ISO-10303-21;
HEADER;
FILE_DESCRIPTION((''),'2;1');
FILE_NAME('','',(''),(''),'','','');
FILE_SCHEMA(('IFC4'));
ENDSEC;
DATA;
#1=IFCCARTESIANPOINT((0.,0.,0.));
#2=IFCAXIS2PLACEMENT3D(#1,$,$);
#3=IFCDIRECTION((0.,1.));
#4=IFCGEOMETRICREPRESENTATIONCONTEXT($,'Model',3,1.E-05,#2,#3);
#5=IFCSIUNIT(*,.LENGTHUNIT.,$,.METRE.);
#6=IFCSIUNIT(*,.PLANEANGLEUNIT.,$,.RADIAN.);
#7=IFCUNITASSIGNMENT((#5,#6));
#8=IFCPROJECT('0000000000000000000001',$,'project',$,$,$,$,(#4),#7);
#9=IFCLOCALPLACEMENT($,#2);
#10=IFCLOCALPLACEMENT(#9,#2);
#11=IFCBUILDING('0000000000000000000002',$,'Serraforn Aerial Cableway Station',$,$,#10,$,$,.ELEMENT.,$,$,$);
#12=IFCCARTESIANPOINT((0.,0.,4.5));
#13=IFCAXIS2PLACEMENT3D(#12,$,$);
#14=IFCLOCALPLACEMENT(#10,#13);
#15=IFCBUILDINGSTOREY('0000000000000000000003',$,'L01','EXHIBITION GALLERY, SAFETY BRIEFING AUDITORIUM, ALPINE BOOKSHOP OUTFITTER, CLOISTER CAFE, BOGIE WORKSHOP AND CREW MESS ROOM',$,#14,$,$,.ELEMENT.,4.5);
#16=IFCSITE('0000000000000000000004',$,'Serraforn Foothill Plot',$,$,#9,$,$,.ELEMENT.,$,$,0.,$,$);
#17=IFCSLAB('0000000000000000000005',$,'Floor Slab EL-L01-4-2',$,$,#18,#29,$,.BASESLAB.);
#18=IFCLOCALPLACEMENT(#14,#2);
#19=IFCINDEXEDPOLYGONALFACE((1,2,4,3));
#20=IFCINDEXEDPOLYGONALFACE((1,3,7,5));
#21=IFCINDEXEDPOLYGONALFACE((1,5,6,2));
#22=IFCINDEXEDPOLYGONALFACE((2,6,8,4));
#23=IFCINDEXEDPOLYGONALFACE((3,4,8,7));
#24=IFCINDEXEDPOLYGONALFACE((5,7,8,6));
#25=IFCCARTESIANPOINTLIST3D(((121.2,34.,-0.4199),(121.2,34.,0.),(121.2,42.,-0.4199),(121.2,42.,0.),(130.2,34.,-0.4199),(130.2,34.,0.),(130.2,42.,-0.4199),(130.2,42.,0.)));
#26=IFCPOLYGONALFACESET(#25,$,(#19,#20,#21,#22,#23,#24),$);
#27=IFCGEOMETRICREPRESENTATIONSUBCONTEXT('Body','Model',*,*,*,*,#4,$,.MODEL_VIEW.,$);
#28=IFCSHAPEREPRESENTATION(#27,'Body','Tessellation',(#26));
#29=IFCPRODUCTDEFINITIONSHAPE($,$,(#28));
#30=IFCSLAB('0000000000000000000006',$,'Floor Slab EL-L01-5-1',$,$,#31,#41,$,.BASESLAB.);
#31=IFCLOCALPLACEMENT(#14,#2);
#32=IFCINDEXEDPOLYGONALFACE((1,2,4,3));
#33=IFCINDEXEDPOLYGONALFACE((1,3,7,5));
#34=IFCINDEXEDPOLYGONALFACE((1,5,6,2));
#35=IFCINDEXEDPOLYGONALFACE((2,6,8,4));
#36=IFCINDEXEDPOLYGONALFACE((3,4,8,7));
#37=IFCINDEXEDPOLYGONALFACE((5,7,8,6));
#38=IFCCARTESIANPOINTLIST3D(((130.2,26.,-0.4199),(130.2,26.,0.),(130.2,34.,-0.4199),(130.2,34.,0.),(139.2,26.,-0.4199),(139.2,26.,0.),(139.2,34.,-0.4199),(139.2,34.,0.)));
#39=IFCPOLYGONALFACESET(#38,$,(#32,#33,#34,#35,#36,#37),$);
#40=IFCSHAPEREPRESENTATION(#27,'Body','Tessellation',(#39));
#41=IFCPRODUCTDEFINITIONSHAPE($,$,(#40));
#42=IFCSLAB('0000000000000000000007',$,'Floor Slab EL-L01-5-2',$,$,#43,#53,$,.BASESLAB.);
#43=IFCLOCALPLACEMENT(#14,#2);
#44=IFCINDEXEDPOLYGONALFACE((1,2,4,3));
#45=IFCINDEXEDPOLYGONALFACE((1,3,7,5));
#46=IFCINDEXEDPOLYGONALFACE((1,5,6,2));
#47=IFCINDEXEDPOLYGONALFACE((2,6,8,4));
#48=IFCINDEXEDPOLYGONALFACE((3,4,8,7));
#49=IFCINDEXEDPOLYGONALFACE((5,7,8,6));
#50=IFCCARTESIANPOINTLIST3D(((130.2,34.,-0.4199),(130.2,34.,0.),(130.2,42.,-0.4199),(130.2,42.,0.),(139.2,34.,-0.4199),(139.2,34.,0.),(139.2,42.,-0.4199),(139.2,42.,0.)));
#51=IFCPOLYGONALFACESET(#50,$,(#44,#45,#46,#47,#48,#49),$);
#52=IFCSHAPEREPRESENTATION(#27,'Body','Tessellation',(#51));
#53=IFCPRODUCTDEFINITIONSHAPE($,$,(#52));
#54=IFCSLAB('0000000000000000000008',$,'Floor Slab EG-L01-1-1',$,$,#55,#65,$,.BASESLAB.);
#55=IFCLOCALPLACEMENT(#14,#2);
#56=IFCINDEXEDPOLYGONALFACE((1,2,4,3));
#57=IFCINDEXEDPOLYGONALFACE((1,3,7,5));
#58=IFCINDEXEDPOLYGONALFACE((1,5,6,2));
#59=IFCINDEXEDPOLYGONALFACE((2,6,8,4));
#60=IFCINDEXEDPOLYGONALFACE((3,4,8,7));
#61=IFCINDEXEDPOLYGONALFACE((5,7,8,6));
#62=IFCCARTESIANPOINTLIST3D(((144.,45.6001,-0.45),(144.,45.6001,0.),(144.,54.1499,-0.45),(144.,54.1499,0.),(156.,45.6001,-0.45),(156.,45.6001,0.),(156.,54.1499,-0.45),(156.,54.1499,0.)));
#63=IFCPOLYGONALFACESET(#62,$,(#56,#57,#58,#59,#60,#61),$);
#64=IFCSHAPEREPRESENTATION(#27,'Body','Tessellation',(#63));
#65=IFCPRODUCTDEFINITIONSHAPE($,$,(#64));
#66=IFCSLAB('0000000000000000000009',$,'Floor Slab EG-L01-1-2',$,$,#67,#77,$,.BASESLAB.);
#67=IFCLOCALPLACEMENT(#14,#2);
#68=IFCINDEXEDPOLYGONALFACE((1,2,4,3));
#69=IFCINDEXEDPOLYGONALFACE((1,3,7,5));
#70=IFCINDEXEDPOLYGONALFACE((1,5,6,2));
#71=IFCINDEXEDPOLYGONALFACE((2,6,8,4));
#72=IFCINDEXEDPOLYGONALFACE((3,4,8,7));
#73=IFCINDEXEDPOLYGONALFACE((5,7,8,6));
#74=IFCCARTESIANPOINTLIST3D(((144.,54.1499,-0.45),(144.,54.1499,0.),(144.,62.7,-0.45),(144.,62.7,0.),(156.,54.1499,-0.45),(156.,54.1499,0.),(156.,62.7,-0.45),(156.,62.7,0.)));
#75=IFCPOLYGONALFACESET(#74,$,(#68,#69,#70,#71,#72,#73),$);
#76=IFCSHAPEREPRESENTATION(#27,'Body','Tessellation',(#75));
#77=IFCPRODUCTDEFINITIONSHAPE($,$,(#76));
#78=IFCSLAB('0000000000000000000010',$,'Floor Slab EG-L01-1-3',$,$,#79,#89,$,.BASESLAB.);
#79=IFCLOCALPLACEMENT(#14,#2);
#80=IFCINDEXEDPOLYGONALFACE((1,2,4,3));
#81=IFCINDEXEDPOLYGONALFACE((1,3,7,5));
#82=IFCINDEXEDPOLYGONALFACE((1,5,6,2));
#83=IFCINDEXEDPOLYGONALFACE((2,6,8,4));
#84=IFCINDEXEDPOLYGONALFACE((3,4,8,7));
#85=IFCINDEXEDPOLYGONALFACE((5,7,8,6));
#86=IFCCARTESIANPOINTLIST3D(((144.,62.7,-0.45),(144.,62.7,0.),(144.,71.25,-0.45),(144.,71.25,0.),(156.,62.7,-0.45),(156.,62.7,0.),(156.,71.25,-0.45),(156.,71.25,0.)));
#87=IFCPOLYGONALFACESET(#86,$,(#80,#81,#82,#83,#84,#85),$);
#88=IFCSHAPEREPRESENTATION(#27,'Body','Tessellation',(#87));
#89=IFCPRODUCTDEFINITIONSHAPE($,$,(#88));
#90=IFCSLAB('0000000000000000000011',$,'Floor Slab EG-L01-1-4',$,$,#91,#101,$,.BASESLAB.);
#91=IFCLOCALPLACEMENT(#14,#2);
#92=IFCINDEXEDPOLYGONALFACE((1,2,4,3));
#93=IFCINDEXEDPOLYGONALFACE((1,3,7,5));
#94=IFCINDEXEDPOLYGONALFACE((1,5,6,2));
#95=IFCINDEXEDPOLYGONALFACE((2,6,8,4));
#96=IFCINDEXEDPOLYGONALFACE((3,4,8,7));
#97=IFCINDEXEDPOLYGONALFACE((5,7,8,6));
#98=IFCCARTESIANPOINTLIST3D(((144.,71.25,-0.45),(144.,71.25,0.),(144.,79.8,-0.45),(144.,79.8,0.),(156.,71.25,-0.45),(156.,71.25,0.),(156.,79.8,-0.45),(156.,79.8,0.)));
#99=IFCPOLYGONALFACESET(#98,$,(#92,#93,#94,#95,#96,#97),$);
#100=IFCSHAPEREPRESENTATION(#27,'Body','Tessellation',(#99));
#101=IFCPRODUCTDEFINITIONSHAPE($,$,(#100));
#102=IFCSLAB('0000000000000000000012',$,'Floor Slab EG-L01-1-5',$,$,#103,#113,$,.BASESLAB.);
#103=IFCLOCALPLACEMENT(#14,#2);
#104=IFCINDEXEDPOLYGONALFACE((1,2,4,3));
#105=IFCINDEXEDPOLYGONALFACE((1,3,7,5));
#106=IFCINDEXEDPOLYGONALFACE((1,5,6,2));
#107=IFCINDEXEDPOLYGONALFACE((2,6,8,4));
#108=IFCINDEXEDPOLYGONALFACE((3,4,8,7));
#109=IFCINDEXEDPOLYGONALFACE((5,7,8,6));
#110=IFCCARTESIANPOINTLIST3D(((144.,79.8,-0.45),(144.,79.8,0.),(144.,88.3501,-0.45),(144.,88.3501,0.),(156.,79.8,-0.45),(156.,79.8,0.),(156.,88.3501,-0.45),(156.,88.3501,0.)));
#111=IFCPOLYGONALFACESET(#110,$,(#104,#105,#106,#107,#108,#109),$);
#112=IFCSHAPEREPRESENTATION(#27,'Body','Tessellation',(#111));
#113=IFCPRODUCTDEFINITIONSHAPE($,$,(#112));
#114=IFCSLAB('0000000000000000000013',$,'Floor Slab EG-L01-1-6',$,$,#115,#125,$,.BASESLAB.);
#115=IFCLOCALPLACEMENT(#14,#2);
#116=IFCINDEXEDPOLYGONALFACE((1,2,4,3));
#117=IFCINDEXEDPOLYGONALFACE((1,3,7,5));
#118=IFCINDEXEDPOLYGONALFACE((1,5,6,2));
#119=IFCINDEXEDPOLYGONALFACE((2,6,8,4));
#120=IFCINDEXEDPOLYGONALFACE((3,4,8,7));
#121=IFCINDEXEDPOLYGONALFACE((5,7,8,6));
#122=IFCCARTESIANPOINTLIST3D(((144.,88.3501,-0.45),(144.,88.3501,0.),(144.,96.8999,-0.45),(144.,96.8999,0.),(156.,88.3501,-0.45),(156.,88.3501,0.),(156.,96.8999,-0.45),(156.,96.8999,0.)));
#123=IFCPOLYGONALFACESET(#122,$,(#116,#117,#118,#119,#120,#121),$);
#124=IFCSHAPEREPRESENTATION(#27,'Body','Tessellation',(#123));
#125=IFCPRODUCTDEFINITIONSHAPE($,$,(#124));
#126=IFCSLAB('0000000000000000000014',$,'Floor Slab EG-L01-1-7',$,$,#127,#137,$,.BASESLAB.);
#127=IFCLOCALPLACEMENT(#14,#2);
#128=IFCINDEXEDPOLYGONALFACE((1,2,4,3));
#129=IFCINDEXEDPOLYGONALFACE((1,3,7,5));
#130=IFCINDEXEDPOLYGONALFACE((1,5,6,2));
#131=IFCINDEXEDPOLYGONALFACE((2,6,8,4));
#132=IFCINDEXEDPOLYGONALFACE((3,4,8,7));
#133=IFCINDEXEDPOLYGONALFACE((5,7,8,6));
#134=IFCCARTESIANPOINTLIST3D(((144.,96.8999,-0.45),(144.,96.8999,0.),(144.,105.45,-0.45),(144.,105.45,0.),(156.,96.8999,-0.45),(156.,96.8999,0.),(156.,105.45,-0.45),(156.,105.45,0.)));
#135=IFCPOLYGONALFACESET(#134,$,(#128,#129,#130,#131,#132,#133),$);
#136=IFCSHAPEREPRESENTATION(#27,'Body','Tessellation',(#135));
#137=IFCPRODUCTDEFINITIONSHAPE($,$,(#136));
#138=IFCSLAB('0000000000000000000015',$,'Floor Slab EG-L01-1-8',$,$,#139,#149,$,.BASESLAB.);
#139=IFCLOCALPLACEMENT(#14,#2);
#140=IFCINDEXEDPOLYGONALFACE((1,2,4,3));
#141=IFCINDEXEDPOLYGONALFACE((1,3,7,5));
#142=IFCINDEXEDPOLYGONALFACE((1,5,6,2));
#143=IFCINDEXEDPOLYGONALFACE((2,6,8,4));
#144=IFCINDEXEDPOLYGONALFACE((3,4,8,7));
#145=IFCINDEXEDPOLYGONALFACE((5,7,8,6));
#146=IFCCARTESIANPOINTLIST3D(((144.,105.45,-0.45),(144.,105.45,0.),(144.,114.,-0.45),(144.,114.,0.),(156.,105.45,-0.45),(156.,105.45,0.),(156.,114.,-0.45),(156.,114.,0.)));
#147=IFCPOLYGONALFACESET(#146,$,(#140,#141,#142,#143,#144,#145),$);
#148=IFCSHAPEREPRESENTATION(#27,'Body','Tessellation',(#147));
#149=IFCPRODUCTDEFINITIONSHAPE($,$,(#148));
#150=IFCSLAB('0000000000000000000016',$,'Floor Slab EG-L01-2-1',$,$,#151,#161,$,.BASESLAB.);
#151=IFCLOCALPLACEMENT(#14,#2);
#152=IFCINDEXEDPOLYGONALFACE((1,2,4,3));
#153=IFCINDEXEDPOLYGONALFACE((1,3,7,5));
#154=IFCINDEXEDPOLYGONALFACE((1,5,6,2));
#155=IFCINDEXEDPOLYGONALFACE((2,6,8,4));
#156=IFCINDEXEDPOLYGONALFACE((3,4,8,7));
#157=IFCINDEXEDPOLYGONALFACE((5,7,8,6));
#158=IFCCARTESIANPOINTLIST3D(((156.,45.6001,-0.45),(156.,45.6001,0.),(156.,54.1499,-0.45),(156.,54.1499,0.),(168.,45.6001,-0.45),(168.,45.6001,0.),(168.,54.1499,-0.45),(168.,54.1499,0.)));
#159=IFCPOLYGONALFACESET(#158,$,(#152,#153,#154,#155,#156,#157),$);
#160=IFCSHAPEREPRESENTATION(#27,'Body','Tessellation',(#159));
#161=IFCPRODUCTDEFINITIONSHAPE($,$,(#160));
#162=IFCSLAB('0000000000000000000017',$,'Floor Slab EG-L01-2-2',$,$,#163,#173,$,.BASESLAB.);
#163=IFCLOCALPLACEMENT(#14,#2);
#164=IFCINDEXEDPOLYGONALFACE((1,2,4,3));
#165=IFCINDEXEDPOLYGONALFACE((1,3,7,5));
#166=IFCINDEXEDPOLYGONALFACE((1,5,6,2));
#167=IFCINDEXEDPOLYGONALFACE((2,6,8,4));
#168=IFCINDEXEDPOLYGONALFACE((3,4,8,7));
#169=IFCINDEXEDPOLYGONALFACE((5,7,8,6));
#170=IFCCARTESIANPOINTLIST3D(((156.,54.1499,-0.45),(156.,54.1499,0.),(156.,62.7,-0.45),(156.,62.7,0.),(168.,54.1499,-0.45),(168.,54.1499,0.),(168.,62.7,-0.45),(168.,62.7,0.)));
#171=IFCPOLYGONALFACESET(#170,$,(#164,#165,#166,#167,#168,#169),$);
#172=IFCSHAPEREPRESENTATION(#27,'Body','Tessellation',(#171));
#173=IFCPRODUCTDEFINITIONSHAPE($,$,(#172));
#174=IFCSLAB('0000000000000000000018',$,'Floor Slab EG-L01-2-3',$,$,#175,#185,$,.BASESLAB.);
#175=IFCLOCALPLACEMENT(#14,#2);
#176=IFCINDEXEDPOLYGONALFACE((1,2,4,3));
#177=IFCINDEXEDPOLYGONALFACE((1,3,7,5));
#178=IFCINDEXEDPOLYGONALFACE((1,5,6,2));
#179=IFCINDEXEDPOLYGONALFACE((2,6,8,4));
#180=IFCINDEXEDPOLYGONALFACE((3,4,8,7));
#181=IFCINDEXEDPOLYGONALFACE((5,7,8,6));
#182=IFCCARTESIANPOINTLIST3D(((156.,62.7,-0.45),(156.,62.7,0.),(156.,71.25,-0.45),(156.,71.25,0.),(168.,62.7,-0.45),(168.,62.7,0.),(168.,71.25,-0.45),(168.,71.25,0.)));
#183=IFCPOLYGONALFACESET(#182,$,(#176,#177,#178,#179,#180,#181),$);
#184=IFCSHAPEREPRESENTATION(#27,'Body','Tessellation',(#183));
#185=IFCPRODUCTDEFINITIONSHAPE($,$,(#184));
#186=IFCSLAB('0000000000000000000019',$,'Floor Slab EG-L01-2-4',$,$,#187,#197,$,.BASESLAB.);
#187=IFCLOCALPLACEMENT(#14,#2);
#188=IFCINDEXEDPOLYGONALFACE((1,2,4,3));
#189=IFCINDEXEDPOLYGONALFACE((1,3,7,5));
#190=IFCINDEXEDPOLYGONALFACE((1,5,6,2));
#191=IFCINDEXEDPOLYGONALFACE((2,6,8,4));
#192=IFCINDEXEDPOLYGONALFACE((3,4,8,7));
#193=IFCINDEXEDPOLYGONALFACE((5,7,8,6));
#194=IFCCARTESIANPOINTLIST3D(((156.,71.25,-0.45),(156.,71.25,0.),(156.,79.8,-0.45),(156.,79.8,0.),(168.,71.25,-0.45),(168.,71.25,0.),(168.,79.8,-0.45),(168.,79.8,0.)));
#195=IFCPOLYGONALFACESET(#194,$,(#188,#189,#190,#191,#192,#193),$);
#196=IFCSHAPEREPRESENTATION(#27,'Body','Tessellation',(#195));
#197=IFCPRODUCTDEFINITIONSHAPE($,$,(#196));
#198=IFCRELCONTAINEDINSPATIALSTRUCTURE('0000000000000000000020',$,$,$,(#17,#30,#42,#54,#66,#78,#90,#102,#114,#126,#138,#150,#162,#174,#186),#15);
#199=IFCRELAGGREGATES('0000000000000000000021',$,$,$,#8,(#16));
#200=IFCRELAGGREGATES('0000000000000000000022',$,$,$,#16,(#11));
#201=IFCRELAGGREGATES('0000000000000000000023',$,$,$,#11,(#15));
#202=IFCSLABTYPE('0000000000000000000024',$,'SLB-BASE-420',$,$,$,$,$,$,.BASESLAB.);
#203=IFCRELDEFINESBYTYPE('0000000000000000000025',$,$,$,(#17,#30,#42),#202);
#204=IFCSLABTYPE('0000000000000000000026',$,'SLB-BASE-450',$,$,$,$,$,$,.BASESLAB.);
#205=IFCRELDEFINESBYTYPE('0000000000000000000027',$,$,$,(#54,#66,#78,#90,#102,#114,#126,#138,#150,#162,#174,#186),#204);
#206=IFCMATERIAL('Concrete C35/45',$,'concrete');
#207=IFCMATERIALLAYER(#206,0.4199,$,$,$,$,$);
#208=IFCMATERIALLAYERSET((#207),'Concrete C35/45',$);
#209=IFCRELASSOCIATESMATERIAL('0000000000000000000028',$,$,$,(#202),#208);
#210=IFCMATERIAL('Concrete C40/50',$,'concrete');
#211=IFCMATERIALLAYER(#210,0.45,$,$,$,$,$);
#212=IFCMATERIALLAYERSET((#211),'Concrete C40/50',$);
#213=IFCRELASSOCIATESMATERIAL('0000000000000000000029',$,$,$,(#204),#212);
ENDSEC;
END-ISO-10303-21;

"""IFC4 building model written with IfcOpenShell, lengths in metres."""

from ifc_helpers import new_model, si_unit, direction, frame, origin, place, context, subcontext, project, spatial, polyline, outline, extrude, material, layer, layer_set, type_object, element, save


model = new_model("IFC4")

# Units and contexts
model_context = context("Model", 3, precision=1e-05, world=origin(), true_north=direction((0.0, 1.0)))
body_context = subcontext(model_context, "Body", "Model", "MODEL_VIEW")
ifc_project = project(units=[si_unit("LENGTHUNIT", "METRE"), si_unit("PLANEANGLEUNIT", "RADIAN")], contexts=[model_context])

# Site, building, storey
site_placement = place(None, origin())
site = spatial("IfcSite", under=ifc_project, at=site_placement, Name="Serraforn Foothill Plot", CompositionType="ELEMENT", RefElevation=0.0)
building_placement = place(site_placement, origin())
building = spatial("IfcBuilding", under=site, at=building_placement, Name="Serraforn Aerial Cableway Station", CompositionType="ELEMENT")
storey_placement = place(building_placement, frame((0.0, 0.0, 4.5)))
storey = spatial("IfcBuildingStorey", under=building, at=storey_placement, Name="L01", Description="EXHIBITION GALLERY, SAFETY BRIEFING AUDITORIUM, ALPINE BOOKSHOP OUTFITTER, CLOISTER CAFE, BOGIE WORKSHOP AND CREW MESS ROOM", CompositionType="ELEMENT", Elevation=4.5)

# Shared definitions
ifc_material_1 = material(Name="Concrete C35/45", Category="concrete")

# Slabs
ifc_layer_1 = layer(ifc_material_1, 0.4199)
ifc_layer_set_1 = layer_set([ifc_layer_1], Name="Concrete C35/45")
slab_type_1 = type_object("IfcSlabType", Name="SLB-BASE-420", PredefinedType="BASESLAB", material=ifc_layer_set_1)
slab_1_placement = place(storey_placement, frame((0.0, 0.0, -0.4199)))
element("IfcSlab", 1, at=slab_1_placement, inside=storey, type_object=slab_type_1, Name="Floor Slab EL-L01-4-2", PredefinedType="BASESLAB", context=body_context, shape_type="SweptSolid", body=[
    extrude(outline(polyline([(121.2, 34.0), (130.2, 34.0), (130.2, 42.0), (121.2, 42.0), (121.2, 34.0)])), origin(), (0.0, 0.0, 1.0), 0.4199),
])
slab_2_placement = place(storey_placement, frame((0.0, 0.0, -0.4199)))
element("IfcSlab", 2, at=slab_2_placement, inside=storey, type_object=slab_type_1, Name="Floor Slab EL-L01-5-1", PredefinedType="BASESLAB", context=body_context, shape_type="SweptSolid", body=[
    extrude(outline(polyline([(130.2, 26.0), (139.2, 26.0), (139.2, 34.0), (130.2, 34.0), (130.2, 26.0)])), origin(), (0.0, 0.0, 1.0), 0.4199),
])
slab_3_placement = place(storey_placement, frame((0.0, 0.0, -0.4199)))
element("IfcSlab", 3, at=slab_3_placement, inside=storey, type_object=slab_type_1, Name="Floor Slab EL-L01-5-2", PredefinedType="BASESLAB", context=body_context, shape_type="SweptSolid", body=[
    extrude(outline(polyline([(130.2, 34.0), (139.2, 34.0), (139.2, 42.0), (130.2, 42.0), (130.2, 34.0)])), origin(), (0.0, 0.0, 1.0), 0.4199),
])
ifc_material_2 = material(Name="Concrete C40/50", Category="concrete")
ifc_layer_2 = layer(ifc_material_2, 0.45)
ifc_layer_set_2 = layer_set([ifc_layer_2], Name="Concrete C40/50")
slab_type_2 = type_object("IfcSlabType", Name="SLB-BASE-450", PredefinedType="BASESLAB", material=ifc_layer_set_2)
slab_4_placement = place(storey_placement, frame((0.0, 0.0, -0.45)))
element("IfcSlab", 4, at=slab_4_placement, inside=storey, type_object=slab_type_2, Name="Floor Slab EG-L01-1-1", PredefinedType="BASESLAB", context=body_context, shape_type="SweptSolid", body=[
    extrude(outline(polyline([(144.0, 45.6001), (156.0, 45.6001), (156.0, 54.1499), (144.0, 54.1499), (144.0, 45.6001)])), origin(), (0.0, 0.0, 1.0), 0.45),
])
slab_5_placement = place(storey_placement, frame((0.0, 0.0, -0.45)))
element("IfcSlab", 5, at=slab_5_placement, inside=storey, type_object=slab_type_2, Name="Floor Slab EG-L01-1-2", PredefinedType="BASESLAB", context=body_context, shape_type="SweptSolid", body=[
    extrude(outline(polyline([(144.0, 54.1499), (156.0, 54.1499), (156.0, 62.7), (144.0, 62.7), (144.0, 54.1499)])), origin(), (0.0, 0.0, 1.0), 0.45),
])
slab_6_placement = place(storey_placement, frame((0.0, 0.0, -0.45)))
element("IfcSlab", 6, at=slab_6_placement, inside=storey, type_object=slab_type_2, Name="Floor Slab EG-L01-1-3", PredefinedType="BASESLAB", context=body_context, shape_type="SweptSolid", body=[
    extrude(outline(polyline([(144.0, 62.7), (156.0, 62.7), (156.0, 71.25), (144.0, 71.25), (144.0, 62.7)])), origin(), (0.0, 0.0, 1.0), 0.45),
])
slab_7_placement = place(storey_placement, frame((0.0, 0.0, -0.45)))
element("IfcSlab", 7, at=slab_7_placement, inside=storey, type_object=slab_type_2, Name="Floor Slab EG-L01-1-4", PredefinedType="BASESLAB", context=body_context, shape_type="SweptSolid", body=[
    extrude(outline(polyline([(144.0, 71.25), (156.0, 71.25), (156.0, 79.8), (144.0, 79.8), (144.0, 71.25)])), origin(), (0.0, 0.0, 1.0), 0.45),
])
slab_8_placement = place(storey_placement, frame((0.0, 0.0, -0.45)))
element("IfcSlab", 8, at=slab_8_placement, inside=storey, type_object=slab_type_2, Name="Floor Slab EG-L01-1-5", PredefinedType="BASESLAB", context=body_context, shape_type="SweptSolid", body=[
    extrude(outline(polyline([(144.0, 79.8), (156.0, 79.8), (156.0, 88.3501), (144.0, 88.3501), (144.0, 79.8)])), origin(), (0.0, 0.0, 1.0), 0.45),
])
slab_9_placement = place(storey_placement, frame((0.0, 0.0, -0.45)))
element("IfcSlab", 9, at=slab_9_placement, inside=storey, type_object=slab_type_2, Name="Floor Slab EG-L01-1-6", PredefinedType="BASESLAB", context=body_context, shape_type="SweptSolid", body=[
    extrude(outline(polyline([(144.0, 88.3501), (156.0, 88.3501), (156.0, 96.8999), (144.0, 96.8999), (144.0, 88.3501)])), origin(), (0.0, 0.0, 1.0), 0.45),
])
slab_10_placement = place(storey_placement, frame((0.0, 0.0, -0.45)))
element("IfcSlab", 10, at=slab_10_placement, inside=storey, type_object=slab_type_2, Name="Floor Slab EG-L01-1-7", PredefinedType="BASESLAB", context=body_context, shape_type="SweptSolid", body=[
    extrude(outline(polyline([(144.0, 96.8999), (156.0, 96.8999), (156.0, 105.45), (144.0, 105.45), (144.0, 96.8999)])), origin(), (0.0, 0.0, 1.0), 0.45),
])
slab_11_placement = place(storey_placement, frame((0.0, 0.0, -0.45)))
element("IfcSlab", 11, at=slab_11_placement, inside=storey, type_object=slab_type_2, Name="Floor Slab EG-L01-1-8", PredefinedType="BASESLAB", context=body_context, shape_type="SweptSolid", body=[
    extrude(outline(polyline([(144.0, 105.45), (156.0, 105.45), (156.0, 114.0), (144.0, 114.0), (144.0, 105.45)])), origin(), (0.0, 0.0, 1.0), 0.45),
])
slab_12_placement = place(storey_placement, frame((0.0, 0.0, -0.45)))
element("IfcSlab", 12, at=slab_12_placement, inside=storey, type_object=slab_type_2, Name="Floor Slab EG-L01-2-1", PredefinedType="BASESLAB", context=body_context, shape_type="SweptSolid", body=[
    extrude(outline(polyline([(156.0, 45.6001), (168.0, 45.6001), (168.0, 54.1499), (156.0, 54.1499), (156.0, 45.6001)])), origin(), (0.0, 0.0, 1.0), 0.45),
])
slab_13_placement = place(storey_placement, frame((0.0, 0.0, -0.45)))
element("IfcSlab", 13, at=slab_13_placement, inside=storey, type_object=slab_type_2, Name="Floor Slab EG-L01-2-2", PredefinedType="BASESLAB", context=body_context, shape_type="SweptSolid", body=[
    extrude(outline(polyline([(156.0, 54.1499), (168.0, 54.1499), (168.0, 62.7), (156.0, 62.7), (156.0, 54.1499)])), origin(), (0.0, 0.0, 1.0), 0.45),
])
slab_14_placement = place(storey_placement, frame((0.0, 0.0, -0.45)))
element("IfcSlab", 14, at=slab_14_placement, inside=storey, type_object=slab_type_2, Name="Floor Slab EG-L01-2-3", PredefinedType="BASESLAB", context=body_context, shape_type="SweptSolid", body=[
    extrude(outline(polyline([(156.0, 62.7), (168.0, 62.7), (168.0, 71.25), (156.0, 71.25), (156.0, 62.7)])), origin(), (0.0, 0.0, 1.0), 0.45),
])
slab_15_placement = place(storey_placement, frame((0.0, 0.0, -0.45)))
element("IfcSlab", 15, at=slab_15_placement, inside=storey, type_object=slab_type_2, Name="Floor Slab EG-L01-2-4", PredefinedType="BASESLAB", context=body_context, shape_type="SweptSolid", body=[
    extrude(outline(polyline([(156.0, 71.25), (168.0, 71.25), (168.0, 79.8), (156.0, 79.8), (156.0, 71.25)])), origin(), (0.0, 0.0, 1.0), 0.45),
])

save(model, "model.ifc")
